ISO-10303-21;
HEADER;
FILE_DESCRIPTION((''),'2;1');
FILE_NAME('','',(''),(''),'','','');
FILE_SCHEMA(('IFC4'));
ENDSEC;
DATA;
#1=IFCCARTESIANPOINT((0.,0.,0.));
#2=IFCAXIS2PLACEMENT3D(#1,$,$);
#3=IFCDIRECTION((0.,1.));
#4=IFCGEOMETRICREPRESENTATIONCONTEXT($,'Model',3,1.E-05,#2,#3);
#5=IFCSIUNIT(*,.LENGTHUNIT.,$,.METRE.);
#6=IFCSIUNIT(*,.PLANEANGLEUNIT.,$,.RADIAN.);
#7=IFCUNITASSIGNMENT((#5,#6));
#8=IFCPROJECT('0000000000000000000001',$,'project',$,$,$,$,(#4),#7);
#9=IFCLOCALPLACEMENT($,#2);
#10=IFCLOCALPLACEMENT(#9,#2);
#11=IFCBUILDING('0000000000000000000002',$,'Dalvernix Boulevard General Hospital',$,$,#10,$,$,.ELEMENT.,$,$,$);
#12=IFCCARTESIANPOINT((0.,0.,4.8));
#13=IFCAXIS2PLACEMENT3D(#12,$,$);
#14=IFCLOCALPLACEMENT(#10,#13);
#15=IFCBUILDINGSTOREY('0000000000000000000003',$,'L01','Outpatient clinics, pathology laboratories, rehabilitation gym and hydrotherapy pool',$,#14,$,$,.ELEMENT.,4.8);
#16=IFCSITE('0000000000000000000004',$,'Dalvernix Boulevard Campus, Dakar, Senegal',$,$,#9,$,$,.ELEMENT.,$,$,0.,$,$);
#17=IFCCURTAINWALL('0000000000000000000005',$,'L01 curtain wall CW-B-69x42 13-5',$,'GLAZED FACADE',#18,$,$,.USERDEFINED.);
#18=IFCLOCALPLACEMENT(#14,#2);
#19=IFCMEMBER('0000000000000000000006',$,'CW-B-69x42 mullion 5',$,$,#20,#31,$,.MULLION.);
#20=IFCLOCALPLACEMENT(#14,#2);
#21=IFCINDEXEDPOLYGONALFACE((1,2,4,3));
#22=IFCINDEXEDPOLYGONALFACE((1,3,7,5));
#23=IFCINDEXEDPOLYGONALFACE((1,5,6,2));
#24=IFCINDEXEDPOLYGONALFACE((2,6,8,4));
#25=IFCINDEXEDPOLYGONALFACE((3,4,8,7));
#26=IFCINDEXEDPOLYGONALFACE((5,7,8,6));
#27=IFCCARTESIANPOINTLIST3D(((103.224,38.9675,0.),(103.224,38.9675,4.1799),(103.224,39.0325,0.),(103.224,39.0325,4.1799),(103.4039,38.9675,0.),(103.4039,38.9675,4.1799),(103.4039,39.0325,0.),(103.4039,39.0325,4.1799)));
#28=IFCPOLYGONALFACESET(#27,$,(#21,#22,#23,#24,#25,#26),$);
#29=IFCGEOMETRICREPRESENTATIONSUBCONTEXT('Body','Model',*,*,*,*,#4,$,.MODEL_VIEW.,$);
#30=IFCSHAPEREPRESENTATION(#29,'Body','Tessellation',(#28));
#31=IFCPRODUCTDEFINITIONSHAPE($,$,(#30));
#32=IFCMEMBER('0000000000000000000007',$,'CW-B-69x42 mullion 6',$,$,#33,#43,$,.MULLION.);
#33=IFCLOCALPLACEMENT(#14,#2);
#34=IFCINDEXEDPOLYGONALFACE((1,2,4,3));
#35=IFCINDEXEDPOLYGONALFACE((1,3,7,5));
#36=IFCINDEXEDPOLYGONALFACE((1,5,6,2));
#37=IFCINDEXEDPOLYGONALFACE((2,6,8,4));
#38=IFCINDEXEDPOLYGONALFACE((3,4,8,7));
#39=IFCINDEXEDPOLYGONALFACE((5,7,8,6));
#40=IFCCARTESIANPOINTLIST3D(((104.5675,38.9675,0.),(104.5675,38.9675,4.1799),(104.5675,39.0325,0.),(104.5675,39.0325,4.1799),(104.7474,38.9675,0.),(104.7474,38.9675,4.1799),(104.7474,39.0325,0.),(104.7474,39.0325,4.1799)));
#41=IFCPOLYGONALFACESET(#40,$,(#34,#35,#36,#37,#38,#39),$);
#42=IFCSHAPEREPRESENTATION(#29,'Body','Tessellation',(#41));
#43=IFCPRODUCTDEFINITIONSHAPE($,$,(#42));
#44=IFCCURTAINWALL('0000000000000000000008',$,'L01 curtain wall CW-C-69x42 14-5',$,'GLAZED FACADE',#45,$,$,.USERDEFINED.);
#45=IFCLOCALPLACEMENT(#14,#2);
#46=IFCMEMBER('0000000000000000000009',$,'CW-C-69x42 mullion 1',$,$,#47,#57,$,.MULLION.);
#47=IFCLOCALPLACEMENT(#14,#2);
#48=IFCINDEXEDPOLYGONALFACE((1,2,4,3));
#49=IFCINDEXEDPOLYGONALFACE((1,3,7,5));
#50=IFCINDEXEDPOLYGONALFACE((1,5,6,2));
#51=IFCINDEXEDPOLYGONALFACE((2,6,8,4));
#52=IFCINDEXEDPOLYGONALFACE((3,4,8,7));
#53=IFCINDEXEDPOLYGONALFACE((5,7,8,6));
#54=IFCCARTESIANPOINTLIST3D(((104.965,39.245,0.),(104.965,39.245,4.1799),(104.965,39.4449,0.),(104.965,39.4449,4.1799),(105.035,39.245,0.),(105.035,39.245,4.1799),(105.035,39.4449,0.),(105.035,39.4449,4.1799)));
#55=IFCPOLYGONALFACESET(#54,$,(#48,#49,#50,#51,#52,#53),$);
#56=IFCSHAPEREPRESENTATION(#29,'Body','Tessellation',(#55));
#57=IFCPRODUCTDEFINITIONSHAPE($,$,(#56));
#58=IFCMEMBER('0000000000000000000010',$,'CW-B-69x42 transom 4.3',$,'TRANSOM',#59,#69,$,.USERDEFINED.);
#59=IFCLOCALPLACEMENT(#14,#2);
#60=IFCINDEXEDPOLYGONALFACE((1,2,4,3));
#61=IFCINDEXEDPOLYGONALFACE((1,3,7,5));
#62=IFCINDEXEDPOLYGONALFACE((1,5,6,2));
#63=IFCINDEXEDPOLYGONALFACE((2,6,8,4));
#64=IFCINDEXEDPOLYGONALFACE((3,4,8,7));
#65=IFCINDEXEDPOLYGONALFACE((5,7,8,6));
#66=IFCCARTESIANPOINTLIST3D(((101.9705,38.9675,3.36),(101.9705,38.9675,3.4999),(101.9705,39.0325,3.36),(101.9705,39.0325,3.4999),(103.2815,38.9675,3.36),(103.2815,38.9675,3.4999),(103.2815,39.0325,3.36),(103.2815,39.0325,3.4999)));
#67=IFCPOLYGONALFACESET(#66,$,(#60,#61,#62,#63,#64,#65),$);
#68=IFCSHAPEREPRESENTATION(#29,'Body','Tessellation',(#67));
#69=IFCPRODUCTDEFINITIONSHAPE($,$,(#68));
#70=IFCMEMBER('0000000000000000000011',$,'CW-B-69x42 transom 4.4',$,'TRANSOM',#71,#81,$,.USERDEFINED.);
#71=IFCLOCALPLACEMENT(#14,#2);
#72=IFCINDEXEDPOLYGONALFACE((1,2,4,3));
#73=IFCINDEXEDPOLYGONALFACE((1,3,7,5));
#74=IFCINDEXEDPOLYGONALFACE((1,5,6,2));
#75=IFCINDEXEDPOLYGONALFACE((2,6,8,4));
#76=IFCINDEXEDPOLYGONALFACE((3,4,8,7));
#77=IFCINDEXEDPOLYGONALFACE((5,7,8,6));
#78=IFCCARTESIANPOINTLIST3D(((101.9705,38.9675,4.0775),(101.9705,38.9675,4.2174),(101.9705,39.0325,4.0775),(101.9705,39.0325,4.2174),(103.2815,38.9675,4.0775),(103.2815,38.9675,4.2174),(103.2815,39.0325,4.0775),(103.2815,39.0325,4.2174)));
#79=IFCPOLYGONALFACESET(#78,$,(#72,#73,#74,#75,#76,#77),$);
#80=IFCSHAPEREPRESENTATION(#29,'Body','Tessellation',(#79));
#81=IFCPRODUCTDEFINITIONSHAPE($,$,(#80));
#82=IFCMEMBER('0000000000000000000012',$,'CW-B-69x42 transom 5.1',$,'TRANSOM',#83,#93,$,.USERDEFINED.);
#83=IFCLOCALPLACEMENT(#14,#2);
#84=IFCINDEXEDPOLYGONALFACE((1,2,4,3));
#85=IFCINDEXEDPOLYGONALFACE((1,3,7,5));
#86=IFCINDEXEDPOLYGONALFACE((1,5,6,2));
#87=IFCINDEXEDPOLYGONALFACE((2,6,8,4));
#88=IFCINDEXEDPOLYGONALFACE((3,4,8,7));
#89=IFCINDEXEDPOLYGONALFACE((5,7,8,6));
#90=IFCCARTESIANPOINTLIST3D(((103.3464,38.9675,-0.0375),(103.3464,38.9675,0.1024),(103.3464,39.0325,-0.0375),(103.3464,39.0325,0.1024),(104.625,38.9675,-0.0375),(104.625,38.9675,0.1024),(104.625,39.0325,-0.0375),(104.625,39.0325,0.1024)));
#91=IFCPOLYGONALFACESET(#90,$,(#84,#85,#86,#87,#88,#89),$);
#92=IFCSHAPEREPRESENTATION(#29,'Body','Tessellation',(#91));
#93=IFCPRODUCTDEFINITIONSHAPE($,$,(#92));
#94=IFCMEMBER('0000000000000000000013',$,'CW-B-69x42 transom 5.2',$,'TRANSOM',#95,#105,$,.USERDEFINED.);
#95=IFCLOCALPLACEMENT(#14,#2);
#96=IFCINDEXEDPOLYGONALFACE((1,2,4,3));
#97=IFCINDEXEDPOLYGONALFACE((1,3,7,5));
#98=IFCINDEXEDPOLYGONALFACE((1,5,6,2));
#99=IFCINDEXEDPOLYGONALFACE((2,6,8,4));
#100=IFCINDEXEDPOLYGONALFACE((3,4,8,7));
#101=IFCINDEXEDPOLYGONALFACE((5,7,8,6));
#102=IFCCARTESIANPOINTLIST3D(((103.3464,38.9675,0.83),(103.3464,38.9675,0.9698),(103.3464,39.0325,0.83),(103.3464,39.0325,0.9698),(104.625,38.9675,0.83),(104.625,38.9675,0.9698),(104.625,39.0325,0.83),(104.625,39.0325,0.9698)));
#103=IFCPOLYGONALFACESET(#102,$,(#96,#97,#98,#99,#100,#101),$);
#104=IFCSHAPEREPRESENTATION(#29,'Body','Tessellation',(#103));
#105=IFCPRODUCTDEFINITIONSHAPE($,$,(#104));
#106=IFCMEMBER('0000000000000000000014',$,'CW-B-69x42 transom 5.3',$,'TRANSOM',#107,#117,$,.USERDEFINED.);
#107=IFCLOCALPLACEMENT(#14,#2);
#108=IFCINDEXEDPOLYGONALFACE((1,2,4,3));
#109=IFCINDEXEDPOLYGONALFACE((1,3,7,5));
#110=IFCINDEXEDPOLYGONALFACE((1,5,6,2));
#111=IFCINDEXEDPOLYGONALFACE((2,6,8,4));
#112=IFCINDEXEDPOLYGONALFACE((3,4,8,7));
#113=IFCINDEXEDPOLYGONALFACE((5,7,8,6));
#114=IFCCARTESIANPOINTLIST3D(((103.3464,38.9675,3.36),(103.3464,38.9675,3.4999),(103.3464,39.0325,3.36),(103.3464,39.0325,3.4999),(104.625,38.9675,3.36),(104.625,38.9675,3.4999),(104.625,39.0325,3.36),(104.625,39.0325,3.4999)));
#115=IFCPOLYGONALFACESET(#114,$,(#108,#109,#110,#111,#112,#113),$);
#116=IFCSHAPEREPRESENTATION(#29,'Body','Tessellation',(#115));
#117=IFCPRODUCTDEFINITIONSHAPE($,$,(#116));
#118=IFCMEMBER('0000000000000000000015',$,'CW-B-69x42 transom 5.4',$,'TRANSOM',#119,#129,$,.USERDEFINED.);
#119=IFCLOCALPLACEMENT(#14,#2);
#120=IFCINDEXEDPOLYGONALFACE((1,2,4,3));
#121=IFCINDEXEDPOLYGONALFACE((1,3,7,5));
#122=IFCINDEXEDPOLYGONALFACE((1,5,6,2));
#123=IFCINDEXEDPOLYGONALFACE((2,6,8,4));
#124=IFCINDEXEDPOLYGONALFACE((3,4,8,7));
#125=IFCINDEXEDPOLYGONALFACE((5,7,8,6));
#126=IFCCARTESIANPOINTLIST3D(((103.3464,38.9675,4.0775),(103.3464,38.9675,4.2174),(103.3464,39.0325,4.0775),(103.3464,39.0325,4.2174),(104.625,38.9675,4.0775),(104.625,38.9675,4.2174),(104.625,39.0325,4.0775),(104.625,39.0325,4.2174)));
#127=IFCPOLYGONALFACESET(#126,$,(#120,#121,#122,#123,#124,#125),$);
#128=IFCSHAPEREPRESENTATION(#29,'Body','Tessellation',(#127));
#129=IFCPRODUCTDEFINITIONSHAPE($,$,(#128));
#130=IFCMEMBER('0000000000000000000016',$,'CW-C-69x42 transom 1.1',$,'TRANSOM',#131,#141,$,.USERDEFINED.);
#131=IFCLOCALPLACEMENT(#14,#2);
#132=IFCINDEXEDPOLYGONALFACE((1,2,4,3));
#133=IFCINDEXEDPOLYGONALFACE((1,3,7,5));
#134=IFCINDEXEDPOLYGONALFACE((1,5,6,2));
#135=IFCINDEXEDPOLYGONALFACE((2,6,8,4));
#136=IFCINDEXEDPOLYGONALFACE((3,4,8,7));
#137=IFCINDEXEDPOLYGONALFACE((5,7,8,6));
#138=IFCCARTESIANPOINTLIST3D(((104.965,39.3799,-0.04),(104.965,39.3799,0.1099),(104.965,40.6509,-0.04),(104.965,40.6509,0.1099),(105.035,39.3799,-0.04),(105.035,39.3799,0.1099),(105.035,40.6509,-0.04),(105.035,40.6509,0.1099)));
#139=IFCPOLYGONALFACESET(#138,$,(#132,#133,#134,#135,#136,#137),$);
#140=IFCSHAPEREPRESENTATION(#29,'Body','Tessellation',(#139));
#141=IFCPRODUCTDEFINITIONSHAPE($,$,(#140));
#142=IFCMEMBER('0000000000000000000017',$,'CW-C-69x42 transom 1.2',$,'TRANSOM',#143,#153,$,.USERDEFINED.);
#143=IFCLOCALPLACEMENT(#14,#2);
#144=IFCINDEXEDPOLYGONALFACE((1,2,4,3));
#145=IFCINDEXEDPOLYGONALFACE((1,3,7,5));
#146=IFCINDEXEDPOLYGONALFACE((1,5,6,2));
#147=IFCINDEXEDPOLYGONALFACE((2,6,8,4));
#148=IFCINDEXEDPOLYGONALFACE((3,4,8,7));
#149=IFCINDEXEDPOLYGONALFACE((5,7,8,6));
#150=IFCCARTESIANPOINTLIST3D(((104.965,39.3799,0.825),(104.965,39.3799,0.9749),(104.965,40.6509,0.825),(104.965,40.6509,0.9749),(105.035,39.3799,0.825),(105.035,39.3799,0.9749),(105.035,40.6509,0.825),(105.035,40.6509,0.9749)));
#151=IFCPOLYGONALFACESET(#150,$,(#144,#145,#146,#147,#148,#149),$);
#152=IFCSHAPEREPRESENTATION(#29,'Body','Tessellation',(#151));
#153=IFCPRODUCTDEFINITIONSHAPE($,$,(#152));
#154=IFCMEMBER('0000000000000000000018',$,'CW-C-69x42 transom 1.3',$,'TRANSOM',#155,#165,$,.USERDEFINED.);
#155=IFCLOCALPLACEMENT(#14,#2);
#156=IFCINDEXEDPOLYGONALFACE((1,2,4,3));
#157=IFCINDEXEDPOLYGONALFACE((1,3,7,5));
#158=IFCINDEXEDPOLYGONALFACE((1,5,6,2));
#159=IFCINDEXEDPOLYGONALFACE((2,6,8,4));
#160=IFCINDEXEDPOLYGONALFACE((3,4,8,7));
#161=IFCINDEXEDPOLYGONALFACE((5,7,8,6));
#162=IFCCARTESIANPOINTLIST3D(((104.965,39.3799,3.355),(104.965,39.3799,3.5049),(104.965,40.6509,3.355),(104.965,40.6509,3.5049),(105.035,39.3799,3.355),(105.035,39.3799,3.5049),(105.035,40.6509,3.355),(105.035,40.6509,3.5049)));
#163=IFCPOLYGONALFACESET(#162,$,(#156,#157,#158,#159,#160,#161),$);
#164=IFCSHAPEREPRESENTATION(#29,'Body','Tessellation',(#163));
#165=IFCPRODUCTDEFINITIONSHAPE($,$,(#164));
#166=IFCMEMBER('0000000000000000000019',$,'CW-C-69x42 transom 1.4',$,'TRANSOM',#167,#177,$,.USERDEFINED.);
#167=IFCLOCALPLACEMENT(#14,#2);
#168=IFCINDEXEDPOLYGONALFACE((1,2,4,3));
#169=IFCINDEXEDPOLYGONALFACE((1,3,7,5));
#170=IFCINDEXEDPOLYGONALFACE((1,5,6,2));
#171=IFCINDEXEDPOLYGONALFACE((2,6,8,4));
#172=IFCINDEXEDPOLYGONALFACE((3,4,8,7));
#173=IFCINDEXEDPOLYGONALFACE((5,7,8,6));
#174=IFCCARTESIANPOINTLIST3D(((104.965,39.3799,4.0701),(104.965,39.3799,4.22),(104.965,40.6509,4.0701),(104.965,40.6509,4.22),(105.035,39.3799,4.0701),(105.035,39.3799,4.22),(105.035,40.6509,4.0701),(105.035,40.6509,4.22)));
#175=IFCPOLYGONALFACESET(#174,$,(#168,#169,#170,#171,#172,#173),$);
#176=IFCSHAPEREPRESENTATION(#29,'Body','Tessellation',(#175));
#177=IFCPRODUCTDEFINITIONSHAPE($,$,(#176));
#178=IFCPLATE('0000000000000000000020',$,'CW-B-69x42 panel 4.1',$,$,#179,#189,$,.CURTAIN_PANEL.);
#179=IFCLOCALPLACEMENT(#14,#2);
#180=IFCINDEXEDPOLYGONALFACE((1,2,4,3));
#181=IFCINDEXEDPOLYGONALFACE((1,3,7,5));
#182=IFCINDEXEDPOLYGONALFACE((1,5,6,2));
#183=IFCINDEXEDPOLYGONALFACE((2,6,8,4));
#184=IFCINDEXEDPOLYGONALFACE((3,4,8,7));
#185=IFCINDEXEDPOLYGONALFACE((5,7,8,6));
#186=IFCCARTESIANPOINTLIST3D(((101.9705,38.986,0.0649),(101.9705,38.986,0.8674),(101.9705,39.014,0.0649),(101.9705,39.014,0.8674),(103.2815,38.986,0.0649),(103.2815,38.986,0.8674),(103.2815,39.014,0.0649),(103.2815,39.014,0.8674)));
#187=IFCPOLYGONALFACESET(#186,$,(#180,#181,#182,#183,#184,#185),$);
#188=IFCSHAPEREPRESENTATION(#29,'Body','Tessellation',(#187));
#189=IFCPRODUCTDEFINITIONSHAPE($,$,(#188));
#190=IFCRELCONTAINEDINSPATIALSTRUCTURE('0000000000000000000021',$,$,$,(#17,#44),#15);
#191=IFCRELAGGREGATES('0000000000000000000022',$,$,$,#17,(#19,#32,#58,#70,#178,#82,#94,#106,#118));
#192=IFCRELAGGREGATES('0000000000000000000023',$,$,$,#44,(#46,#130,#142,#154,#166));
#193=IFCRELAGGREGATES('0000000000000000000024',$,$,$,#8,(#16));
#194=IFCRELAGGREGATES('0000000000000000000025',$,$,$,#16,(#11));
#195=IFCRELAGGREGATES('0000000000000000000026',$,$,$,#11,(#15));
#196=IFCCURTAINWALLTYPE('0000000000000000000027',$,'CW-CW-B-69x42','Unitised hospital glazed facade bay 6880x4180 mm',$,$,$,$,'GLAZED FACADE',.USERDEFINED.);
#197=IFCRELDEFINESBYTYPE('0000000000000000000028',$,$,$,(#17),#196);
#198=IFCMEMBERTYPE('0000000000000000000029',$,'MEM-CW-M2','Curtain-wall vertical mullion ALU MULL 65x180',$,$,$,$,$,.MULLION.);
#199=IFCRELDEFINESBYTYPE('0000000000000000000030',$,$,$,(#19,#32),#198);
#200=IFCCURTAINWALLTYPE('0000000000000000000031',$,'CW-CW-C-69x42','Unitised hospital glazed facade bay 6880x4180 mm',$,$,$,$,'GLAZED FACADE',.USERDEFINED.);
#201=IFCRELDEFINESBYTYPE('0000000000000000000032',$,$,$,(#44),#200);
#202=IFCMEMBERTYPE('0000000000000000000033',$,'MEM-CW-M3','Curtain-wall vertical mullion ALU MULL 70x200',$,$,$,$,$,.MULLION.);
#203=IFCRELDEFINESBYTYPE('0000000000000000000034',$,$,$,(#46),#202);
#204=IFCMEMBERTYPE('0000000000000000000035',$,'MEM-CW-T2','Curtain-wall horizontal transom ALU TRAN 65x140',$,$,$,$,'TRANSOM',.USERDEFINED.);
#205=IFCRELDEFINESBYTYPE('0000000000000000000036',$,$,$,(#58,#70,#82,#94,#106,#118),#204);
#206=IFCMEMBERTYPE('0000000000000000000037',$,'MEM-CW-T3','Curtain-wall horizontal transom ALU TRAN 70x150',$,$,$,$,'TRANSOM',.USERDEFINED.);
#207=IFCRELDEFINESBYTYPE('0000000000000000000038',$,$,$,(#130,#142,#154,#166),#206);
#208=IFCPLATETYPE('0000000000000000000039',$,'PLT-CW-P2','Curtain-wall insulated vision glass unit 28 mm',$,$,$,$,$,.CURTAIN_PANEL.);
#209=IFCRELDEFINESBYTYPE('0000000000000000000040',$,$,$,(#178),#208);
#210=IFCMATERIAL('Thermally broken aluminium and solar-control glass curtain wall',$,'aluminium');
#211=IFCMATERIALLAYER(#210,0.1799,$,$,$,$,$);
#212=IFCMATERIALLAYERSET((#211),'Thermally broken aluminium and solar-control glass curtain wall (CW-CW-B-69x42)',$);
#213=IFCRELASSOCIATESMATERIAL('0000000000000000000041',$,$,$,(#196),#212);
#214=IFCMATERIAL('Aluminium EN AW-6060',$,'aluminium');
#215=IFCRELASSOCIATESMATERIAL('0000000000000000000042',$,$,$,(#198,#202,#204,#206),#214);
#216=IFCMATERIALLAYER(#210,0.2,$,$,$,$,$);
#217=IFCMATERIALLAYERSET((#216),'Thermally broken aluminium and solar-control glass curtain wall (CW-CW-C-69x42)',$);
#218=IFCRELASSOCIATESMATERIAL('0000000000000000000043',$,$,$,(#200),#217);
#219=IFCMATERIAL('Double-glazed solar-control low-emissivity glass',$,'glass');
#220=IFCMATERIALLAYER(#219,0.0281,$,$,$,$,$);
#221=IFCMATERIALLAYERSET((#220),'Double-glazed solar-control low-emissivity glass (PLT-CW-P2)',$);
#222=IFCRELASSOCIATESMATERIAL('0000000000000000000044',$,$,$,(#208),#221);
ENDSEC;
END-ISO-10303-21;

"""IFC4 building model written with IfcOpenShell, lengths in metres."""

from ifc_helpers import new_model, si_unit, direction, frame, origin, origin_2d, place, context, subcontext, project, spatial, rectangle, extrude, material, layer, layer_set, material_profile, profile_set, type_object, element, aggregate, save


model = new_model("IFC4")

# Units and contexts
model_context = context("Model", 3, precision=1e-05, world=origin(), true_north=direction((0.0, 1.0)))
body_context = subcontext(model_context, "Body", "Model", "MODEL_VIEW")
ifc_project = project(units=[si_unit("LENGTHUNIT", "METRE"), si_unit("PLANEANGLEUNIT", "RADIAN")], contexts=[model_context])

# Site, building, storey
site_placement = place(None, origin())
site = spatial("IfcSite", under=ifc_project, at=site_placement, Name="Dalvernix Boulevard Campus, Dakar, Senegal", CompositionType="ELEMENT", RefElevation=0.0)
building_placement = place(site_placement, origin())
building = spatial("IfcBuilding", under=site, at=building_placement, Name="Dalvernix Boulevard General Hospital", CompositionType="ELEMENT")
storey_placement = place(building_placement, frame((0.0, 0.0, 4.8)))
storey = spatial("IfcBuildingStorey", under=building, at=storey_placement, Name="L01", Description="Outpatient clinics, pathology laboratories, rehabilitation gym and hydrotherapy pool", CompositionType="ELEMENT", Elevation=4.8)

# Curtain wall, members
ifc_material_1 = material(Name="Thermally broken aluminium and solar-control glass curtain wall", Category="aluminium")
ifc_layer_1 = layer(ifc_material_1, 0.1799)
ifc_layer_set_1 = layer_set([ifc_layer_1], Name="Thermally broken aluminium and solar-control glass curtain wall (CW-CW-B-69x42)")
curtain_wall_type_1 = type_object("IfcCurtainWallType", Name="CW-CW-B-69x42", Description="Unitised hospital glazed facade bay 6880x4180 mm", ElementType="GLAZED FACADE", PredefinedType="USERDEFINED", material=ifc_layer_set_1)
curtain_wall_1_placement = place(storey_placement, origin())
curtain_wall_1 = element("IfcCurtainWall", 1, at=curtain_wall_1_placement, inside=storey, type_object=curtain_wall_type_1, Name="L01 curtain wall CW-B-69x42 13-5", ObjectType="GLAZED FACADE", PredefinedType="USERDEFINED")
ifc_material_2 = material(Name="Aluminium EN AW-6060", Category="aluminium")
ifc_material_profile_1 = material_profile(ifc_material_2, rectangle(XDim=0.0649, YDim=0.1799, at=origin_2d()), Name="ALU MULL 65x180")
ifc_profile_set_1 = profile_set([ifc_material_profile_1], Name="Aluminium EN AW-6060")
member_type_1 = type_object("IfcMemberType", Name="MEM-CW-M2", Description="Curtain-wall vertical mullion ALU MULL 65x180", PredefinedType="MULLION", material=ifc_profile_set_1)
member_1_placement = place(storey_placement, frame((103.314, 39.0, 0.0), z_axis=(0.0, 0.0, 1.0), x_axis=(0.0, 1.0, 0.0)))
member_1 = element("IfcMember", 2, at=member_1_placement, type_object=member_type_1, Name="CW-B-69x42 mullion 5", PredefinedType="MULLION", context=body_context, shape_type="SweptSolid", body=[
    extrude(rectangle(XDim=0.0649, YDim=0.1799, at=origin_2d()), origin(), (0.0, 0.0, 1.0), 4.1799),
])
member_2_placement = place(storey_placement, frame((104.6575, 39.0, 0.0), z_axis=(0.0, 0.0, 1.0), x_axis=(0.0, 1.0, 0.0)))
member_2 = element("IfcMember", 3, at=member_2_placement, type_object=member_type_1, Name="CW-B-69x42 mullion 6", PredefinedType="MULLION", context=body_context, shape_type="SweptSolid", body=[
    extrude(rectangle(XDim=0.0649, YDim=0.1799, at=origin_2d()), origin(), (0.0, 0.0, 1.0), 4.1799),
])

# Curtain wall, member
ifc_layer_2 = layer(ifc_material_1, 0.2)
ifc_layer_set_2 = layer_set([ifc_layer_2], Name="Thermally broken aluminium and solar-control glass curtain wall (CW-CW-C-69x42)")
curtain_wall_type_2 = type_object("IfcCurtainWallType", Name="CW-CW-C-69x42", Description="Unitised hospital glazed facade bay 6880x4180 mm", ElementType="GLAZED FACADE", PredefinedType="USERDEFINED", material=ifc_layer_set_2)
curtain_wall_2_placement = place(storey_placement, origin())
curtain_wall_2 = element("IfcCurtainWall", 4, at=curtain_wall_2_placement, inside=storey, type_object=curtain_wall_type_2, Name="L01 curtain wall CW-C-69x42 14-5", ObjectType="GLAZED FACADE", PredefinedType="USERDEFINED")
ifc_material_profile_2 = material_profile(ifc_material_2, rectangle(XDim=0.0701, YDim=0.2, at=origin_2d()), Name="ALU MULL 70x200")
ifc_profile_set_2 = profile_set([ifc_material_profile_2], Name="Aluminium EN AW-6060")
member_type_2 = type_object("IfcMemberType", Name="MEM-CW-M3", Description="Curtain-wall vertical mullion ALU MULL 70x200", PredefinedType="MULLION", material=ifc_profile_set_2)
member_3_placement = place(storey_placement, frame((105.0, 39.345, 0.0), z_axis=(0.0, 0.0, 1.0), x_axis=(-1.0, 0.0, 0.0)))
member_3 = element("IfcMember", 5, at=member_3_placement, type_object=member_type_2, Name="CW-C-69x42 mullion 1", PredefinedType="MULLION", context=body_context, shape_type="SweptSolid", body=[
    extrude(rectangle(XDim=0.0701, YDim=0.2, at=origin_2d()), origin(), (0.0, 0.0, 1.0), 4.1799),
])

# Members
ifc_material_profile_3 = material_profile(ifc_material_2, rectangle(XDim=0.0649, YDim=0.1399, at=origin_2d()), Name="ALU TRAN 65x140")
ifc_profile_set_3 = profile_set([ifc_material_profile_3], Name="Aluminium EN AW-6060")
member_type_3 = type_object("IfcMemberType", Name="MEM-CW-T2", Description="Curtain-wall horizontal transom ALU TRAN 65x140", ElementType="TRANSOM", PredefinedType="USERDEFINED", material=ifc_profile_set_3)
member_4_placement = place(storey_placement, frame((101.9705, 39.0, 3.4299), z_axis=(1.0, 0.0, 0.0), x_axis=(0.0, 1.0, 0.0)))
member_4 = element("IfcMember", 6, at=member_4_placement, type_object=member_type_3, Name="CW-B-69x42 transom 4.3", ObjectType="TRANSOM", PredefinedType="USERDEFINED", context=body_context, shape_type="SweptSolid", body=[
    extrude(rectangle(XDim=0.0649, YDim=0.1399, at=origin_2d()), origin(), (0.0, 0.0, 1.0), 1.311),
])
member_5_placement = place(storey_placement, frame((101.9705, 39.0, 4.1475), z_axis=(1.0, 0.0, 0.0), x_axis=(0.0, 1.0, 0.0)))
member_5 = element("IfcMember", 7, at=member_5_placement, type_object=member_type_3, Name="CW-B-69x42 transom 4.4", ObjectType="TRANSOM", PredefinedType="USERDEFINED", context=body_context, shape_type="SweptSolid", body=[
    extrude(rectangle(XDim=0.0649, YDim=0.1399, at=origin_2d()), origin(), (0.0, 0.0, 1.0), 1.311),
])
member_6_placement = place(storey_placement, frame((103.3464, 39.0, 0.0325), z_axis=(1.0, 0.0, 0.0), x_axis=(0.0, 1.0, 0.0)))
member_6 = element("IfcMember", 8, at=member_6_placement, type_object=member_type_3, Name="CW-B-69x42 transom 5.1", ObjectType="TRANSOM", PredefinedType="USERDEFINED", context=body_context, shape_type="SweptSolid", body=[
    extrude(rectangle(XDim=0.0649, YDim=0.1399, at=origin_2d()), origin(), (0.0, 0.0, 1.0), 1.2786),
])
member_7_placement = place(storey_placement, frame((103.3464, 39.0, 0.8999), z_axis=(1.0, 0.0, 0.0), x_axis=(0.0, 1.0, 0.0)))
member_7 = element("IfcMember", 9, at=member_7_placement, type_object=member_type_3, Name="CW-B-69x42 transom 5.2", ObjectType="TRANSOM", PredefinedType="USERDEFINED", context=body_context, shape_type="SweptSolid", body=[
    extrude(rectangle(XDim=0.0649, YDim=0.1399, at=origin_2d()), origin(), (0.0, 0.0, 1.0), 1.2786),
])
member_8_placement = place(storey_placement, frame((103.3464, 39.0, 3.4299), z_axis=(1.0, 0.0, 0.0), x_axis=(0.0, 1.0, 0.0)))
member_8 = element("IfcMember", 10, at=member_8_placement, type_object=member_type_3, Name="CW-B-69x42 transom 5.3", ObjectType="TRANSOM", PredefinedType="USERDEFINED", context=body_context, shape_type="SweptSolid", body=[
    extrude(rectangle(XDim=0.0649, YDim=0.1399, at=origin_2d()), origin(), (0.0, 0.0, 1.0), 1.2786),
])
member_9_placement = place(storey_placement, frame((103.3464, 39.0, 4.1475), z_axis=(1.0, 0.0, 0.0), x_axis=(0.0, 1.0, 0.0)))
member_9 = element("IfcMember", 11, at=member_9_placement, type_object=member_type_3, Name="CW-B-69x42 transom 5.4", ObjectType="TRANSOM", PredefinedType="USERDEFINED", context=body_context, shape_type="SweptSolid", body=[
    extrude(rectangle(XDim=0.0649, YDim=0.1399, at=origin_2d()), origin(), (0.0, 0.0, 1.0), 1.2786),
])
ifc_material_profile_4 = material_profile(ifc_material_2, rectangle(XDim=0.0701, YDim=0.1499, at=origin_2d()), Name="ALU TRAN 70x150")
ifc_profile_set_4 = profile_set([ifc_material_profile_4], Name="Aluminium EN AW-6060")
member_type_4 = type_object("IfcMemberType", Name="MEM-CW-T3", Description="Curtain-wall horizontal transom ALU TRAN 70x150", ElementType="TRANSOM", PredefinedType="USERDEFINED", material=ifc_profile_set_4)
member_10_placement = place(storey_placement, frame((105.0, 39.3799, 0.0349), z_axis=(0.0, 1.0, 0.0), x_axis=(-1.0, 0.0, 0.0)))
member_10 = element("IfcMember", 12, at=member_10_placement, type_object=member_type_4, Name="CW-C-69x42 transom 1.1", ObjectType="TRANSOM", PredefinedType="USERDEFINED", context=body_context, shape_type="SweptSolid", body=[
    extrude(rectangle(XDim=0.0701, YDim=0.1499, at=origin_2d()), origin(), (0.0, 0.0, 1.0), 1.271),
])
member_11_placement = place(storey_placement, frame((105.0, 39.3799, 0.8999), z_axis=(0.0, 1.0, 0.0), x_axis=(-1.0, 0.0, 0.0)))
member_11 = element("IfcMember", 13, at=member_11_placement, type_object=member_type_4, Name="CW-C-69x42 transom 1.2", ObjectType="TRANSOM", PredefinedType="USERDEFINED", context=body_context, shape_type="SweptSolid", body=[
    extrude(rectangle(XDim=0.0701, YDim=0.1499, at=origin_2d()), origin(), (0.0, 0.0, 1.0), 1.271),
])
member_12_placement = place(storey_placement, frame((105.0, 39.3799, 3.4299), z_axis=(0.0, 1.0, 0.0), x_axis=(-1.0, 0.0, 0.0)))
member_12 = element("IfcMember", 14, at=member_12_placement, type_object=member_type_4, Name="CW-C-69x42 transom 1.3", ObjectType="TRANSOM", PredefinedType="USERDEFINED", context=body_context, shape_type="SweptSolid", body=[
    extrude(rectangle(XDim=0.0701, YDim=0.1499, at=origin_2d()), origin(), (0.0, 0.0, 1.0), 1.271),
])
member_13_placement = place(storey_placement, frame((105.0, 39.3799, 4.145), z_axis=(0.0, 1.0, 0.0), x_axis=(-1.0, 0.0, 0.0)))
member_13 = element("IfcMember", 15, at=member_13_placement, type_object=member_type_4, Name="CW-C-69x42 transom 1.4", ObjectType="TRANSOM", PredefinedType="USERDEFINED", context=body_context, shape_type="SweptSolid", body=[
    extrude(rectangle(XDim=0.0701, YDim=0.1499, at=origin_2d()), origin(), (0.0, 0.0, 1.0), 1.271),
])

# Plate
ifc_material_3 = material(Name="Double-glazed solar-control low-emissivity glass", Category="glass")
ifc_layer_3 = layer(ifc_material_3, 0.0281)
ifc_layer_set_3 = layer_set([ifc_layer_3], Name="Double-glazed solar-control low-emissivity glass (PLT-CW-P2)")
plate_type_1 = type_object("IfcPlateType", Name="PLT-CW-P2", Description="Curtain-wall insulated vision glass unit 28 mm", PredefinedType="CURTAIN_PANEL", material=ifc_layer_set_3)
plate_1_placement = place(storey_placement, frame((102.626, 39.0, 0.0649), z_axis=(0.0, 0.0, 1.0), x_axis=(1.0, 0.0, 0.0)))
plate_1 = element("IfcPlate", 16, at=plate_1_placement, type_object=plate_type_1, Name="CW-B-69x42 panel 4.1", PredefinedType="CURTAIN_PANEL", context=body_context, shape_type="SweptSolid", body=[
    extrude(rectangle(XDim=1.311, YDim=0.0281, at=origin_2d()), origin(), (0.0, 0.0, 1.0), 0.8025),
])
aggregate(curtain_wall_1, [member_1, member_2, member_4, member_5, plate_1, member_6, member_7, member_8, member_9])
aggregate(curtain_wall_2, [member_3, member_10, member_11, member_12, member_13])

save(model, "model.ifc")
